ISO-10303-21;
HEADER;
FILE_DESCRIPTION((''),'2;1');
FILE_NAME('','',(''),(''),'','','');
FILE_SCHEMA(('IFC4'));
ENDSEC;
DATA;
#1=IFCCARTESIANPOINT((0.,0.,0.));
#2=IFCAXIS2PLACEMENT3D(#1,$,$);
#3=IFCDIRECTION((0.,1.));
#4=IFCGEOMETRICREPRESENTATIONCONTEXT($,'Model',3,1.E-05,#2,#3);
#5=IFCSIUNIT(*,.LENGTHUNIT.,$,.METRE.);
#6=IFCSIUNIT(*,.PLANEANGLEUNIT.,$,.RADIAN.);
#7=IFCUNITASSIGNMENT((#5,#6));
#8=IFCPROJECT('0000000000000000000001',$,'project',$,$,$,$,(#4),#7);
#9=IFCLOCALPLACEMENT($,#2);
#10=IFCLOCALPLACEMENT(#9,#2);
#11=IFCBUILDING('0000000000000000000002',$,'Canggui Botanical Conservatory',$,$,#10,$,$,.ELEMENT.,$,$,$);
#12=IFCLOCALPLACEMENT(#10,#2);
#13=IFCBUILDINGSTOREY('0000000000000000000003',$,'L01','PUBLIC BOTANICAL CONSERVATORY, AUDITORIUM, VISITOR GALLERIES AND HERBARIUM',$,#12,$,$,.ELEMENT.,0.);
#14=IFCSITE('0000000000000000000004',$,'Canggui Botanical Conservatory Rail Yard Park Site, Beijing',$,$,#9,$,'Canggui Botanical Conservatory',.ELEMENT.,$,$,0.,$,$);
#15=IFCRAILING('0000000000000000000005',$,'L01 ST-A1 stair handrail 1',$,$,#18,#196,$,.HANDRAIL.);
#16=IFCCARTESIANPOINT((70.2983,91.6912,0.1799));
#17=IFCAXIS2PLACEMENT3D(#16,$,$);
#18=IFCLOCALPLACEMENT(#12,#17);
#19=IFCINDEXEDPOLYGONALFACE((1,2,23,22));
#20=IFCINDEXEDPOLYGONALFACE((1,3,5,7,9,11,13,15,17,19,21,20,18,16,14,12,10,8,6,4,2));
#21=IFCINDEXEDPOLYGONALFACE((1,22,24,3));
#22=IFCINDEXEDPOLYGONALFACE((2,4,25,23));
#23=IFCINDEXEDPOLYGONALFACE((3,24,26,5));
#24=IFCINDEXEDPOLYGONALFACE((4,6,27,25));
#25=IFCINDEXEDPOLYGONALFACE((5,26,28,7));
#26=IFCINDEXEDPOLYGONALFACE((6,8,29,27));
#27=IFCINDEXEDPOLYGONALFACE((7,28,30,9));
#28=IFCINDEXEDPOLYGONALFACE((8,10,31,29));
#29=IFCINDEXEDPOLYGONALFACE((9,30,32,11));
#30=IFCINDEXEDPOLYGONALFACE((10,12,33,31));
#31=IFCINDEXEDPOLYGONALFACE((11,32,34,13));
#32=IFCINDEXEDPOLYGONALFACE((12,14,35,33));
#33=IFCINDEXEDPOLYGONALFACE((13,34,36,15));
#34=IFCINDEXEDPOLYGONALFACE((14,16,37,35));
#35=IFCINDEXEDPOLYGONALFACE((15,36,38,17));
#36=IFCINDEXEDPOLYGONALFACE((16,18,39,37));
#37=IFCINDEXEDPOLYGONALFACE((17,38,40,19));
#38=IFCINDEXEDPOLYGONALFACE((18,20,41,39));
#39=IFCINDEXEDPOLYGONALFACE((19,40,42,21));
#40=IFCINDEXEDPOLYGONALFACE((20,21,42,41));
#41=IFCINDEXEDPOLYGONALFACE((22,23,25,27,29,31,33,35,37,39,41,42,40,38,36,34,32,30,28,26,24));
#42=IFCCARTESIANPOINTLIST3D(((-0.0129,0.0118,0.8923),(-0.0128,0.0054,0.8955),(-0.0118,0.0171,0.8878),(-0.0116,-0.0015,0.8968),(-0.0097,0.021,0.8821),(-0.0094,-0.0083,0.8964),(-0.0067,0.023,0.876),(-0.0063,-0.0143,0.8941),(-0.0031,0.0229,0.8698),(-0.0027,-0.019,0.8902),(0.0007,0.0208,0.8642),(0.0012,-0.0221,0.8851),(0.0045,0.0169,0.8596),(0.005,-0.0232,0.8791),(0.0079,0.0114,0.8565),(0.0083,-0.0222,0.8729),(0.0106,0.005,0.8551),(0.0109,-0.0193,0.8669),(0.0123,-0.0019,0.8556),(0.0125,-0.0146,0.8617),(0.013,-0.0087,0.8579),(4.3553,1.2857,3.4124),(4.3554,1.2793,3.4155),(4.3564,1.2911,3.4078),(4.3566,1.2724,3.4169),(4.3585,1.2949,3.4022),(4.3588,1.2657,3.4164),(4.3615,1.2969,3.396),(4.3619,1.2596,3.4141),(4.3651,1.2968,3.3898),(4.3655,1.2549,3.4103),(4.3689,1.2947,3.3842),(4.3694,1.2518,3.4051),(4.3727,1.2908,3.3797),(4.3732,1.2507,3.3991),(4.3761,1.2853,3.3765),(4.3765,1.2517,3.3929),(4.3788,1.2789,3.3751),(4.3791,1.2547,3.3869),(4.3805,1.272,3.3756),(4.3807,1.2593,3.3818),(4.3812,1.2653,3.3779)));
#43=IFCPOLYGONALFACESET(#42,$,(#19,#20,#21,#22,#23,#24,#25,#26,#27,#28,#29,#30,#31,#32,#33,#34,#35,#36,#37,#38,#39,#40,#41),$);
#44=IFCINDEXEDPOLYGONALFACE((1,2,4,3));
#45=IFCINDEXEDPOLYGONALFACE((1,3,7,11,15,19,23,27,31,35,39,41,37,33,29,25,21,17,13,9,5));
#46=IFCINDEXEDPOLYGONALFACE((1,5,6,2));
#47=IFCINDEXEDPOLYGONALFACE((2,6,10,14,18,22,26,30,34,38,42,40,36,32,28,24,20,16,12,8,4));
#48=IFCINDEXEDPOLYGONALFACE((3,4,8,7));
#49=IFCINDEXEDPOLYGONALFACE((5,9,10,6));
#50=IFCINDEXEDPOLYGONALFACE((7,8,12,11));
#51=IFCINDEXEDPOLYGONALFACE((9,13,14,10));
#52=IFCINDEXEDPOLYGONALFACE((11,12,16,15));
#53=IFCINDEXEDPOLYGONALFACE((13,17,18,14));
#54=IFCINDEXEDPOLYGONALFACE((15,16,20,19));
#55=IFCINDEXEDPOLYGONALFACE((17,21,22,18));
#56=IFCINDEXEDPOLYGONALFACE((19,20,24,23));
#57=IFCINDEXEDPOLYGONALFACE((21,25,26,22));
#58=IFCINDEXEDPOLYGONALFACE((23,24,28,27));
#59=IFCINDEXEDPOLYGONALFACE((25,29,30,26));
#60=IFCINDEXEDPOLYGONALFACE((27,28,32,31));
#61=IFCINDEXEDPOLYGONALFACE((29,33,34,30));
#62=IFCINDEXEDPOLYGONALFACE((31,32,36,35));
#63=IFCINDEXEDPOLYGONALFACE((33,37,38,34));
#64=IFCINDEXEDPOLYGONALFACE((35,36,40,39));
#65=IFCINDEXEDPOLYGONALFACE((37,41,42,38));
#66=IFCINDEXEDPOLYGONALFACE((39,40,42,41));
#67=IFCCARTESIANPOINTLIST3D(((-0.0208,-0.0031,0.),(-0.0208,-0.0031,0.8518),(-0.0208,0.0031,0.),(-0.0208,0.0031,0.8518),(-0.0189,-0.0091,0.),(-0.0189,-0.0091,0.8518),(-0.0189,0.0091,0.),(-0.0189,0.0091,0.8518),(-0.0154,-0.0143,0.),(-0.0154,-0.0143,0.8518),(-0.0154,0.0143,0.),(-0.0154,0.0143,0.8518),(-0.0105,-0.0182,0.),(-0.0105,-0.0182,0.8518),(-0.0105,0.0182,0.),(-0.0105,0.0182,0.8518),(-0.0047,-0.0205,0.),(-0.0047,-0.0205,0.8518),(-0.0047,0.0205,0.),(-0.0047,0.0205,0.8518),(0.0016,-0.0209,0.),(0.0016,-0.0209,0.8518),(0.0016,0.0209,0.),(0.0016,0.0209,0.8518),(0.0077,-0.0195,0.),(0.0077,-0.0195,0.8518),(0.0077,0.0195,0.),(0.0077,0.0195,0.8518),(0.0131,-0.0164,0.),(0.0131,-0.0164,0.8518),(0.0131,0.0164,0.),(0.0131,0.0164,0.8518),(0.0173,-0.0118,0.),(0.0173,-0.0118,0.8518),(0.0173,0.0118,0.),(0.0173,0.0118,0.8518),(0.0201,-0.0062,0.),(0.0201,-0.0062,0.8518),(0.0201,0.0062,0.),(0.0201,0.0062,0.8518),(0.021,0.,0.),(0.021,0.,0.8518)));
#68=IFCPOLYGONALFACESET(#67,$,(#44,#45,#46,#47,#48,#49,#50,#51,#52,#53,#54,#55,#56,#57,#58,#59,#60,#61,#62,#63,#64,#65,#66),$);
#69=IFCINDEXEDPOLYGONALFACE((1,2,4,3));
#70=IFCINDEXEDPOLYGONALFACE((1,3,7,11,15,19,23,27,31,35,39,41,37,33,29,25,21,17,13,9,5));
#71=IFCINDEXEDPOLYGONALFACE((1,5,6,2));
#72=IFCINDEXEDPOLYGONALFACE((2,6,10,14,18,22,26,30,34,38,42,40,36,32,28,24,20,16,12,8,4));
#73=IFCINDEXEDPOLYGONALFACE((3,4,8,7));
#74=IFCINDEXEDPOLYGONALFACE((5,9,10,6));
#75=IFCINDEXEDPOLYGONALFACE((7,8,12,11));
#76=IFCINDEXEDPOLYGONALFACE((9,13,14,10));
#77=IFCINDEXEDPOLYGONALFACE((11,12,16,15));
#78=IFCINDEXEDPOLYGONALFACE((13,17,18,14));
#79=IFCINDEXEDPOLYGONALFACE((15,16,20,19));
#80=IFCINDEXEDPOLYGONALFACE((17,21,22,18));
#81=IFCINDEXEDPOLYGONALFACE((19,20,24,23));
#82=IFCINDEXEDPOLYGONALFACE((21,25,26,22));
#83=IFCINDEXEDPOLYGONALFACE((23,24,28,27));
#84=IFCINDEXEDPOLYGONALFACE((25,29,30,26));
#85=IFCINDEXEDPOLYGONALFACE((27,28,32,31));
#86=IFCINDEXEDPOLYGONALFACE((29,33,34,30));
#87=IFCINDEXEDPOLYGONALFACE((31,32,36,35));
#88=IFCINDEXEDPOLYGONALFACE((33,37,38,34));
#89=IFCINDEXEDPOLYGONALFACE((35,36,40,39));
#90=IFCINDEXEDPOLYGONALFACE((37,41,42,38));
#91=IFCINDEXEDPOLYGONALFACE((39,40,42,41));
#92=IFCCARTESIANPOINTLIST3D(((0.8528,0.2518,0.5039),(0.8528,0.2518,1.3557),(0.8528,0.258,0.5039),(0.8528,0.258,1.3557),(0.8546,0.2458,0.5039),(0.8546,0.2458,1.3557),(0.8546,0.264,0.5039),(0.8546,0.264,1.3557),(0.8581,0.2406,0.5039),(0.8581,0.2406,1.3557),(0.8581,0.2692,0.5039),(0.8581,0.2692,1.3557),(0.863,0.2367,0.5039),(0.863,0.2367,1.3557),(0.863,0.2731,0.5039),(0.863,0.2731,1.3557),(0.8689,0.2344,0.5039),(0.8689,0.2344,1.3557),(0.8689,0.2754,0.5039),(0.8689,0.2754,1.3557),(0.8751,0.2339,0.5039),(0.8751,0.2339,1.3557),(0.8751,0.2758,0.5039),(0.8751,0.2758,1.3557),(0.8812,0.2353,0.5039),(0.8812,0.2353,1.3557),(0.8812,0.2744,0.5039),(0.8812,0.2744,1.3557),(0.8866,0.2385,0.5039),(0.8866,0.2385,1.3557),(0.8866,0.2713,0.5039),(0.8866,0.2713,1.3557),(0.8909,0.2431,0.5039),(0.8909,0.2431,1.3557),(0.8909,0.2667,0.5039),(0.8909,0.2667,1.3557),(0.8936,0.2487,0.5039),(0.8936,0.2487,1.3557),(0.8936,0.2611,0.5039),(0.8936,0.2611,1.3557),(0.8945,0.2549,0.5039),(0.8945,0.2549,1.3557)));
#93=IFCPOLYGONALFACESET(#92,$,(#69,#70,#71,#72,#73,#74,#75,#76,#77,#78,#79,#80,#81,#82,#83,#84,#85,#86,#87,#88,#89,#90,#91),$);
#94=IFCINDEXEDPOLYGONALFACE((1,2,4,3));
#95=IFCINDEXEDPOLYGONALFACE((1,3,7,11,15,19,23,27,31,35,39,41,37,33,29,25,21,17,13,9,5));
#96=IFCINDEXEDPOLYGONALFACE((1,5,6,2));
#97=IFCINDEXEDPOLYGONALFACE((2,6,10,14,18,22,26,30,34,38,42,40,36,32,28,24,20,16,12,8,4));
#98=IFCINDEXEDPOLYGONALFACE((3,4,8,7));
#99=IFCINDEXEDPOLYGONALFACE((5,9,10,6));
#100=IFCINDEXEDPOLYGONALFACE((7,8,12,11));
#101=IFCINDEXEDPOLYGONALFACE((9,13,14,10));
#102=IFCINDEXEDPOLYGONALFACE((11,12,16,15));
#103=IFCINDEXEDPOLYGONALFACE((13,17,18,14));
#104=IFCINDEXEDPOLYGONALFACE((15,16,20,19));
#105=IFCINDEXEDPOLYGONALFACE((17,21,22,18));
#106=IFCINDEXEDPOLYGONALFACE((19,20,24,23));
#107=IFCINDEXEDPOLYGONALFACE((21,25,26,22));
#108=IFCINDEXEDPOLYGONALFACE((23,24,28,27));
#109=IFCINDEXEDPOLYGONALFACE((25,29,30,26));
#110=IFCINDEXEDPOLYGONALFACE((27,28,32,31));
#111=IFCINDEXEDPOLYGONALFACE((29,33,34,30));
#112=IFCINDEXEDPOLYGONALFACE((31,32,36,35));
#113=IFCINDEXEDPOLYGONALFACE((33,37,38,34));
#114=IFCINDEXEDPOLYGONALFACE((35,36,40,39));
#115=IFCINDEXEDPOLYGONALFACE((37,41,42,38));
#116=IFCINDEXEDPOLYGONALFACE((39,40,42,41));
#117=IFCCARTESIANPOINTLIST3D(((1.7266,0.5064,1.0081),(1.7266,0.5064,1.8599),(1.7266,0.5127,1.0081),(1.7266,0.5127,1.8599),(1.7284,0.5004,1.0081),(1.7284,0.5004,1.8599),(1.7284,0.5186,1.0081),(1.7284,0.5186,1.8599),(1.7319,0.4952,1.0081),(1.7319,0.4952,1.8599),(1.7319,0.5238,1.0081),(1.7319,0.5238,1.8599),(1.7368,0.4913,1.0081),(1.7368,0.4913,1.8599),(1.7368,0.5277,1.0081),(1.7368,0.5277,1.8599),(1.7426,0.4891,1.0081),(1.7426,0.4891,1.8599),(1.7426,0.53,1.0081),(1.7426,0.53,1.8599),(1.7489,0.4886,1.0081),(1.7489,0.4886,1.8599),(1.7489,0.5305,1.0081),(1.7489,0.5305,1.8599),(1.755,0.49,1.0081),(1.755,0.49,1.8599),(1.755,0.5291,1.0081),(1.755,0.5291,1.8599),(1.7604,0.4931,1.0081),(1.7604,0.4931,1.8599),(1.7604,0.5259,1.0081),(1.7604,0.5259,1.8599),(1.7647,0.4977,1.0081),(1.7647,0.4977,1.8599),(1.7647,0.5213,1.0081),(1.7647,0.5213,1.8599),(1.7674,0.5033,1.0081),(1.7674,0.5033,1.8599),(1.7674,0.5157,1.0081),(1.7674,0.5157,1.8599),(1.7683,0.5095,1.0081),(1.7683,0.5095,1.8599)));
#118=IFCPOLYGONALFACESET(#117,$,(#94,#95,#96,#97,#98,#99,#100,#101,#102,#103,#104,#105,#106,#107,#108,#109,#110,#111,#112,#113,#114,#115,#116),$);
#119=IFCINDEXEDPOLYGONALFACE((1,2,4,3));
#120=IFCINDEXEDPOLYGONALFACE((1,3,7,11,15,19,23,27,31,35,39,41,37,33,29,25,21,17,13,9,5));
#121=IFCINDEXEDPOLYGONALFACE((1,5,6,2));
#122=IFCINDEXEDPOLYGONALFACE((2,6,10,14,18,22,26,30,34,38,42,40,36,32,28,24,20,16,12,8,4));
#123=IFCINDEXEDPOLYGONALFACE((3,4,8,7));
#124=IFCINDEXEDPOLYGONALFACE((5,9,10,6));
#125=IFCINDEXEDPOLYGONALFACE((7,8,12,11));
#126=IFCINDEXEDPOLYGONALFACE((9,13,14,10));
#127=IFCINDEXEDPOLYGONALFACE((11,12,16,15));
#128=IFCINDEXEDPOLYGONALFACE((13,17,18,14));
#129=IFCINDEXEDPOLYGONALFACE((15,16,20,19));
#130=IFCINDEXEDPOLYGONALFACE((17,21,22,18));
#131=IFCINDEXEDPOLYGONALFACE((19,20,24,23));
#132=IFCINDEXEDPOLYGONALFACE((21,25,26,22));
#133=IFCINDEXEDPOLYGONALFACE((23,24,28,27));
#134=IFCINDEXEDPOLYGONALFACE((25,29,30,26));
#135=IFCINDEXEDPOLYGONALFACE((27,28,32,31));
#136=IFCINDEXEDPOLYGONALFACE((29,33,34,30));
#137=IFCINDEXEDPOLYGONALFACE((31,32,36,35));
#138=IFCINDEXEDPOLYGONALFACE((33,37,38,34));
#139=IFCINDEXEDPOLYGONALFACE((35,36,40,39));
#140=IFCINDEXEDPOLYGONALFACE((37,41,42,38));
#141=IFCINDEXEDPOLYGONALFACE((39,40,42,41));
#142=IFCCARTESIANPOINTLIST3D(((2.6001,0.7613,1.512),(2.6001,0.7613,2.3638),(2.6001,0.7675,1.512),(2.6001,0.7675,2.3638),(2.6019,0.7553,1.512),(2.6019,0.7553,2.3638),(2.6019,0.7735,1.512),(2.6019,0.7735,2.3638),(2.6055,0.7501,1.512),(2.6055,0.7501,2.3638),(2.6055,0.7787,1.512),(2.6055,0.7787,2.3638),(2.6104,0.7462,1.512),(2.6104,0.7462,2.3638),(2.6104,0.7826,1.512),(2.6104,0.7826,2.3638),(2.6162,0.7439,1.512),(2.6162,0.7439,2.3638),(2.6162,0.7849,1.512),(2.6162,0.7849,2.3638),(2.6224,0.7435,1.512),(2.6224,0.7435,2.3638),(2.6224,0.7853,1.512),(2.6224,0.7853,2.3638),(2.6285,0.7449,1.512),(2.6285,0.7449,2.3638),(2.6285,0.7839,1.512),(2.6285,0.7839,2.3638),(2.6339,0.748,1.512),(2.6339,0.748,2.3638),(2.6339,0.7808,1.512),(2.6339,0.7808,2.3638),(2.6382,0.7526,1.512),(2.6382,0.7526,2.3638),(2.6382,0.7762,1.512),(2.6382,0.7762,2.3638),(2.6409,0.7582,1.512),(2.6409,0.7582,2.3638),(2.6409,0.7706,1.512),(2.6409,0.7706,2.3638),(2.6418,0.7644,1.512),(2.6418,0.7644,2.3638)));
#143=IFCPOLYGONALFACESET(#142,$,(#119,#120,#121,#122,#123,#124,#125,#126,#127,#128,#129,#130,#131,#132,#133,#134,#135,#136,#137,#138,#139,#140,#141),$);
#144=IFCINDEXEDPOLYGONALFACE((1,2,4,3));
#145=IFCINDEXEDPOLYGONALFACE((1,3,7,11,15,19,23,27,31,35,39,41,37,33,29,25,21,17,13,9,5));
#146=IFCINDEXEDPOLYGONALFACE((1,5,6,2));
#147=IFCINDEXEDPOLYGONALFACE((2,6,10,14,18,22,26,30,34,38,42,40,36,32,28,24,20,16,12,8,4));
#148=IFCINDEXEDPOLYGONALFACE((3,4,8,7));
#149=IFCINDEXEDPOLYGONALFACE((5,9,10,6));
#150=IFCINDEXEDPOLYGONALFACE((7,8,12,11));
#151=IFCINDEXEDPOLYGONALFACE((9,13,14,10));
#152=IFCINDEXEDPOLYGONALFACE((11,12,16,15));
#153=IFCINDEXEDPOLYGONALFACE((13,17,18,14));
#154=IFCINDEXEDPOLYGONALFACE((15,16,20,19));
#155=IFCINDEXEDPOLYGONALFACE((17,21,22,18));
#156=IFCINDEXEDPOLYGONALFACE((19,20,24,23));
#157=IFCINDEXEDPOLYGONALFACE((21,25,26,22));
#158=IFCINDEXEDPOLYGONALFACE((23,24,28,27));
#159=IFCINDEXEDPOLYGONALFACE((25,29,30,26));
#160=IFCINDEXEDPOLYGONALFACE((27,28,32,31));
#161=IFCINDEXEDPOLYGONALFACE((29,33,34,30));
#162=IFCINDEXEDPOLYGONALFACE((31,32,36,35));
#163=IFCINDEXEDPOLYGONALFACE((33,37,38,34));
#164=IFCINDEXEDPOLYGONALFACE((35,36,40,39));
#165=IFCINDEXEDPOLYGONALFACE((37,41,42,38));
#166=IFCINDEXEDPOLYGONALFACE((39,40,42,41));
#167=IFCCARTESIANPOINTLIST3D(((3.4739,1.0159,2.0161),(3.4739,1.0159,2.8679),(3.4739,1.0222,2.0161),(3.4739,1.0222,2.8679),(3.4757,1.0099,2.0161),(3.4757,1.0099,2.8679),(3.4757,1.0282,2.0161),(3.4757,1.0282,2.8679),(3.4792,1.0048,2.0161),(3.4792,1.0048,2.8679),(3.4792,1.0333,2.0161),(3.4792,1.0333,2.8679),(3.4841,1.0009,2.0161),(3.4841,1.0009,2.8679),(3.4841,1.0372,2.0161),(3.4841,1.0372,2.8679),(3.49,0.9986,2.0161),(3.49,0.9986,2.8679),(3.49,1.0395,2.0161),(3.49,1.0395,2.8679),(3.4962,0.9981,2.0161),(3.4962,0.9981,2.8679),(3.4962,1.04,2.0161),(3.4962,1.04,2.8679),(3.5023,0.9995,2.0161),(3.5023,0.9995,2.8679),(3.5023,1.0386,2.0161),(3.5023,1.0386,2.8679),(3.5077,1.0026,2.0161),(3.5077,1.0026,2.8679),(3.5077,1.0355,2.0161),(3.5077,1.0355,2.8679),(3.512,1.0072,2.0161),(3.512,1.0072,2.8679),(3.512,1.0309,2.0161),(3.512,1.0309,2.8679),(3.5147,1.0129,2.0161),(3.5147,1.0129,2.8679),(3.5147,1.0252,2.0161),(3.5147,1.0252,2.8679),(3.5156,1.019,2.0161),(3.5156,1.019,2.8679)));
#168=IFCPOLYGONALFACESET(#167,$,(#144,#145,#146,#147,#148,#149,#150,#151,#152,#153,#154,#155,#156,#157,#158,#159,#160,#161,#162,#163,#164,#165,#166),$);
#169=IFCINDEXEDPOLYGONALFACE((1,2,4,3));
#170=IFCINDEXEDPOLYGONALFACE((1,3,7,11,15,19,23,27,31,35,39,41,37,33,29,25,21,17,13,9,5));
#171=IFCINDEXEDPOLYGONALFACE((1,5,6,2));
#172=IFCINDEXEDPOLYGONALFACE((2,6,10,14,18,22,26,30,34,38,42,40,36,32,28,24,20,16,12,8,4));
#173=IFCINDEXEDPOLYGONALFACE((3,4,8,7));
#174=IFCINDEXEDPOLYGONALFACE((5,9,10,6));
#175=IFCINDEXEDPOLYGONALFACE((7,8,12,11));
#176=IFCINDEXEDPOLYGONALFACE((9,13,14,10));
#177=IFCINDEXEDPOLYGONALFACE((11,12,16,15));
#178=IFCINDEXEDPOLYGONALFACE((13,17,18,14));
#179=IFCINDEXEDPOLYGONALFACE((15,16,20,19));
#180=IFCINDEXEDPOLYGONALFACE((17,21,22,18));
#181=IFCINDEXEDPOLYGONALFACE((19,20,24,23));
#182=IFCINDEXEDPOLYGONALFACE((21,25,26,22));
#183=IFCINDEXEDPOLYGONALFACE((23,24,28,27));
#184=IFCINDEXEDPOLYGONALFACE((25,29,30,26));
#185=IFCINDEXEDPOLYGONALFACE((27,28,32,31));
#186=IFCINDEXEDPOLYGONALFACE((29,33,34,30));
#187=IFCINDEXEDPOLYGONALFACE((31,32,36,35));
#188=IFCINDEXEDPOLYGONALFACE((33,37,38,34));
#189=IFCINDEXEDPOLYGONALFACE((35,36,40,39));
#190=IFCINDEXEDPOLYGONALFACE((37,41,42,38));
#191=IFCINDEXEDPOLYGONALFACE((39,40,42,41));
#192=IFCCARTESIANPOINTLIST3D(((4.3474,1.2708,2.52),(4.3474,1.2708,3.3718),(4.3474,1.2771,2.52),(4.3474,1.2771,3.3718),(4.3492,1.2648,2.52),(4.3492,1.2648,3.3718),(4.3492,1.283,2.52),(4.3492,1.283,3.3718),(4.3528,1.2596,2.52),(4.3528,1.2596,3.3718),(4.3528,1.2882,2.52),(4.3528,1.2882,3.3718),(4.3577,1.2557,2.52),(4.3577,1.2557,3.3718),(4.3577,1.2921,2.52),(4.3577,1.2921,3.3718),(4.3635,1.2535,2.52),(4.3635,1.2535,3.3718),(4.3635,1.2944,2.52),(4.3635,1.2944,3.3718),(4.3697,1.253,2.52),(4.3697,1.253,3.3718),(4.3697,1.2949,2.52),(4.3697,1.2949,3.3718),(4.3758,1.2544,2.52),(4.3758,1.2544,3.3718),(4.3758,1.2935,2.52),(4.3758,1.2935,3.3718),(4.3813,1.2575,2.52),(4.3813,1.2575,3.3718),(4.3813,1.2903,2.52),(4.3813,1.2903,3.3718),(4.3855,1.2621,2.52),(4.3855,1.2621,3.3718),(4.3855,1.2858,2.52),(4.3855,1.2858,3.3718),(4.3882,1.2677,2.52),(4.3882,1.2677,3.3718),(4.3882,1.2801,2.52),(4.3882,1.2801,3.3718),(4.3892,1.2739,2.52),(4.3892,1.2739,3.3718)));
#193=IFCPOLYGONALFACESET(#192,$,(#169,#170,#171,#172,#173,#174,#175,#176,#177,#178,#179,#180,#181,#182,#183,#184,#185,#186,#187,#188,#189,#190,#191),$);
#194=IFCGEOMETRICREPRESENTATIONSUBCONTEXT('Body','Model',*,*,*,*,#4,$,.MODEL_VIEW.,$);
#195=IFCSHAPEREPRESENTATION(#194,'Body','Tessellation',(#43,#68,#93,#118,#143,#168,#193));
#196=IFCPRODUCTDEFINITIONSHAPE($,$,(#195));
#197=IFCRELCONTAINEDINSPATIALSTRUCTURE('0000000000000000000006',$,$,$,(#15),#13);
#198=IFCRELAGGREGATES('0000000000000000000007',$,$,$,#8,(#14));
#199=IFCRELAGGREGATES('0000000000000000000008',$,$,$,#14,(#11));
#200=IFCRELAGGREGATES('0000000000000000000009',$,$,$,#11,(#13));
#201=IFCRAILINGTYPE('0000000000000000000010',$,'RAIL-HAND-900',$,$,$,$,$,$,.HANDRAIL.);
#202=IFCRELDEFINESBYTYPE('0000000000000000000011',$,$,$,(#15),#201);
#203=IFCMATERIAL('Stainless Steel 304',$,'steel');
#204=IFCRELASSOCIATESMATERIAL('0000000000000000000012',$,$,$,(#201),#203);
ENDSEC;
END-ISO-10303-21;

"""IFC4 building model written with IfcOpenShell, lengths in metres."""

from ifc_helpers import new_model, si_unit, direction, frame, origin, origin_2d, place, context, subcontext, project, spatial, circle, extrude, material, type_object, element, save


model = new_model("IFC4")

# Units and contexts
model_context = context("Model", 3, precision=1e-05, world=origin(), true_north=direction((0.0, 1.0)))
body_context = subcontext(model_context, "Body", "Model", "MODEL_VIEW")
ifc_project = project(units=[si_unit("LENGTHUNIT", "METRE"), si_unit("PLANEANGLEUNIT", "RADIAN")], contexts=[model_context])

# Site, building, storey
site_placement = place(None, origin())
site = spatial("IfcSite", under=ifc_project, at=site_placement, Name="Canggui Botanical Conservatory Rail Yard Park Site, Beijing", LongName="Canggui Botanical Conservatory", CompositionType="ELEMENT", RefElevation=0.0)
building_placement = place(site_placement, origin())
building = spatial("IfcBuilding", under=site, at=building_placement, Name="Canggui Botanical Conservatory", CompositionType="ELEMENT")
storey_placement = place(building_placement, origin())
storey = spatial("IfcBuildingStorey", under=building, at=storey_placement, Name="L01", Description="PUBLIC BOTANICAL CONSERVATORY, AUDITORIUM, VISITOR GALLERIES AND HERBARIUM", CompositionType="ELEMENT", Elevation=0.0)

# Railing
ifc_material_1 = material(Name="Stainless Steel 304", Category="steel")
railing_type_1 = type_object("IfcRailingType", Name="RAIL-HAND-900", PredefinedType="HANDRAIL", material=ifc_material_1)
railing_1_placement = place(storey_placement, frame((70.2983, 91.6912, 0.1799)))
element("IfcRailing", 1, at=railing_1_placement, inside=storey, type_object=railing_type_1, Name="L01 ST-A1 stair handrail 1", PredefinedType="HANDRAIL", context=body_context, shape_type="SweptSolid", body=[
    extrude(circle(Radius=0.0239, at=origin_2d()), frame((0.0, 0.0, 0.876), z_axis=(0.83981, 0.244921, 0.484492), x_axis=(-0.279975, 0.960007, 0.0)), (0.0, 0.0, 1.0), 5.2014),
    extrude(circle(Radius=0.021, at=origin_2d()), origin(), (0.0, 0.0, 1.0), 0.8518),
    extrude(circle(Radius=0.021, at=origin_2d()), frame((0.8735, 0.2549, 0.5039)), (0.0, 0.0, 1.0), 0.8518),
    extrude(circle(Radius=0.021, at=origin_2d()), frame((1.7473, 0.5095, 1.0081)), (0.0, 0.0, 1.0), 0.8518),
    extrude(circle(Radius=0.021, at=origin_2d()), frame((2.6208, 0.7644, 1.512)), (0.0, 0.0, 1.0), 0.8518),
    extrude(circle(Radius=0.021, at=origin_2d()), frame((3.4946, 1.019, 2.0161)), (0.0, 0.0, 1.0), 0.8518),
    extrude(circle(Radius=0.021, at=origin_2d()), frame((4.3682, 1.2739, 2.52)), (0.0, 0.0, 1.0), 0.8518),
])

save(model, "model.ifc")
